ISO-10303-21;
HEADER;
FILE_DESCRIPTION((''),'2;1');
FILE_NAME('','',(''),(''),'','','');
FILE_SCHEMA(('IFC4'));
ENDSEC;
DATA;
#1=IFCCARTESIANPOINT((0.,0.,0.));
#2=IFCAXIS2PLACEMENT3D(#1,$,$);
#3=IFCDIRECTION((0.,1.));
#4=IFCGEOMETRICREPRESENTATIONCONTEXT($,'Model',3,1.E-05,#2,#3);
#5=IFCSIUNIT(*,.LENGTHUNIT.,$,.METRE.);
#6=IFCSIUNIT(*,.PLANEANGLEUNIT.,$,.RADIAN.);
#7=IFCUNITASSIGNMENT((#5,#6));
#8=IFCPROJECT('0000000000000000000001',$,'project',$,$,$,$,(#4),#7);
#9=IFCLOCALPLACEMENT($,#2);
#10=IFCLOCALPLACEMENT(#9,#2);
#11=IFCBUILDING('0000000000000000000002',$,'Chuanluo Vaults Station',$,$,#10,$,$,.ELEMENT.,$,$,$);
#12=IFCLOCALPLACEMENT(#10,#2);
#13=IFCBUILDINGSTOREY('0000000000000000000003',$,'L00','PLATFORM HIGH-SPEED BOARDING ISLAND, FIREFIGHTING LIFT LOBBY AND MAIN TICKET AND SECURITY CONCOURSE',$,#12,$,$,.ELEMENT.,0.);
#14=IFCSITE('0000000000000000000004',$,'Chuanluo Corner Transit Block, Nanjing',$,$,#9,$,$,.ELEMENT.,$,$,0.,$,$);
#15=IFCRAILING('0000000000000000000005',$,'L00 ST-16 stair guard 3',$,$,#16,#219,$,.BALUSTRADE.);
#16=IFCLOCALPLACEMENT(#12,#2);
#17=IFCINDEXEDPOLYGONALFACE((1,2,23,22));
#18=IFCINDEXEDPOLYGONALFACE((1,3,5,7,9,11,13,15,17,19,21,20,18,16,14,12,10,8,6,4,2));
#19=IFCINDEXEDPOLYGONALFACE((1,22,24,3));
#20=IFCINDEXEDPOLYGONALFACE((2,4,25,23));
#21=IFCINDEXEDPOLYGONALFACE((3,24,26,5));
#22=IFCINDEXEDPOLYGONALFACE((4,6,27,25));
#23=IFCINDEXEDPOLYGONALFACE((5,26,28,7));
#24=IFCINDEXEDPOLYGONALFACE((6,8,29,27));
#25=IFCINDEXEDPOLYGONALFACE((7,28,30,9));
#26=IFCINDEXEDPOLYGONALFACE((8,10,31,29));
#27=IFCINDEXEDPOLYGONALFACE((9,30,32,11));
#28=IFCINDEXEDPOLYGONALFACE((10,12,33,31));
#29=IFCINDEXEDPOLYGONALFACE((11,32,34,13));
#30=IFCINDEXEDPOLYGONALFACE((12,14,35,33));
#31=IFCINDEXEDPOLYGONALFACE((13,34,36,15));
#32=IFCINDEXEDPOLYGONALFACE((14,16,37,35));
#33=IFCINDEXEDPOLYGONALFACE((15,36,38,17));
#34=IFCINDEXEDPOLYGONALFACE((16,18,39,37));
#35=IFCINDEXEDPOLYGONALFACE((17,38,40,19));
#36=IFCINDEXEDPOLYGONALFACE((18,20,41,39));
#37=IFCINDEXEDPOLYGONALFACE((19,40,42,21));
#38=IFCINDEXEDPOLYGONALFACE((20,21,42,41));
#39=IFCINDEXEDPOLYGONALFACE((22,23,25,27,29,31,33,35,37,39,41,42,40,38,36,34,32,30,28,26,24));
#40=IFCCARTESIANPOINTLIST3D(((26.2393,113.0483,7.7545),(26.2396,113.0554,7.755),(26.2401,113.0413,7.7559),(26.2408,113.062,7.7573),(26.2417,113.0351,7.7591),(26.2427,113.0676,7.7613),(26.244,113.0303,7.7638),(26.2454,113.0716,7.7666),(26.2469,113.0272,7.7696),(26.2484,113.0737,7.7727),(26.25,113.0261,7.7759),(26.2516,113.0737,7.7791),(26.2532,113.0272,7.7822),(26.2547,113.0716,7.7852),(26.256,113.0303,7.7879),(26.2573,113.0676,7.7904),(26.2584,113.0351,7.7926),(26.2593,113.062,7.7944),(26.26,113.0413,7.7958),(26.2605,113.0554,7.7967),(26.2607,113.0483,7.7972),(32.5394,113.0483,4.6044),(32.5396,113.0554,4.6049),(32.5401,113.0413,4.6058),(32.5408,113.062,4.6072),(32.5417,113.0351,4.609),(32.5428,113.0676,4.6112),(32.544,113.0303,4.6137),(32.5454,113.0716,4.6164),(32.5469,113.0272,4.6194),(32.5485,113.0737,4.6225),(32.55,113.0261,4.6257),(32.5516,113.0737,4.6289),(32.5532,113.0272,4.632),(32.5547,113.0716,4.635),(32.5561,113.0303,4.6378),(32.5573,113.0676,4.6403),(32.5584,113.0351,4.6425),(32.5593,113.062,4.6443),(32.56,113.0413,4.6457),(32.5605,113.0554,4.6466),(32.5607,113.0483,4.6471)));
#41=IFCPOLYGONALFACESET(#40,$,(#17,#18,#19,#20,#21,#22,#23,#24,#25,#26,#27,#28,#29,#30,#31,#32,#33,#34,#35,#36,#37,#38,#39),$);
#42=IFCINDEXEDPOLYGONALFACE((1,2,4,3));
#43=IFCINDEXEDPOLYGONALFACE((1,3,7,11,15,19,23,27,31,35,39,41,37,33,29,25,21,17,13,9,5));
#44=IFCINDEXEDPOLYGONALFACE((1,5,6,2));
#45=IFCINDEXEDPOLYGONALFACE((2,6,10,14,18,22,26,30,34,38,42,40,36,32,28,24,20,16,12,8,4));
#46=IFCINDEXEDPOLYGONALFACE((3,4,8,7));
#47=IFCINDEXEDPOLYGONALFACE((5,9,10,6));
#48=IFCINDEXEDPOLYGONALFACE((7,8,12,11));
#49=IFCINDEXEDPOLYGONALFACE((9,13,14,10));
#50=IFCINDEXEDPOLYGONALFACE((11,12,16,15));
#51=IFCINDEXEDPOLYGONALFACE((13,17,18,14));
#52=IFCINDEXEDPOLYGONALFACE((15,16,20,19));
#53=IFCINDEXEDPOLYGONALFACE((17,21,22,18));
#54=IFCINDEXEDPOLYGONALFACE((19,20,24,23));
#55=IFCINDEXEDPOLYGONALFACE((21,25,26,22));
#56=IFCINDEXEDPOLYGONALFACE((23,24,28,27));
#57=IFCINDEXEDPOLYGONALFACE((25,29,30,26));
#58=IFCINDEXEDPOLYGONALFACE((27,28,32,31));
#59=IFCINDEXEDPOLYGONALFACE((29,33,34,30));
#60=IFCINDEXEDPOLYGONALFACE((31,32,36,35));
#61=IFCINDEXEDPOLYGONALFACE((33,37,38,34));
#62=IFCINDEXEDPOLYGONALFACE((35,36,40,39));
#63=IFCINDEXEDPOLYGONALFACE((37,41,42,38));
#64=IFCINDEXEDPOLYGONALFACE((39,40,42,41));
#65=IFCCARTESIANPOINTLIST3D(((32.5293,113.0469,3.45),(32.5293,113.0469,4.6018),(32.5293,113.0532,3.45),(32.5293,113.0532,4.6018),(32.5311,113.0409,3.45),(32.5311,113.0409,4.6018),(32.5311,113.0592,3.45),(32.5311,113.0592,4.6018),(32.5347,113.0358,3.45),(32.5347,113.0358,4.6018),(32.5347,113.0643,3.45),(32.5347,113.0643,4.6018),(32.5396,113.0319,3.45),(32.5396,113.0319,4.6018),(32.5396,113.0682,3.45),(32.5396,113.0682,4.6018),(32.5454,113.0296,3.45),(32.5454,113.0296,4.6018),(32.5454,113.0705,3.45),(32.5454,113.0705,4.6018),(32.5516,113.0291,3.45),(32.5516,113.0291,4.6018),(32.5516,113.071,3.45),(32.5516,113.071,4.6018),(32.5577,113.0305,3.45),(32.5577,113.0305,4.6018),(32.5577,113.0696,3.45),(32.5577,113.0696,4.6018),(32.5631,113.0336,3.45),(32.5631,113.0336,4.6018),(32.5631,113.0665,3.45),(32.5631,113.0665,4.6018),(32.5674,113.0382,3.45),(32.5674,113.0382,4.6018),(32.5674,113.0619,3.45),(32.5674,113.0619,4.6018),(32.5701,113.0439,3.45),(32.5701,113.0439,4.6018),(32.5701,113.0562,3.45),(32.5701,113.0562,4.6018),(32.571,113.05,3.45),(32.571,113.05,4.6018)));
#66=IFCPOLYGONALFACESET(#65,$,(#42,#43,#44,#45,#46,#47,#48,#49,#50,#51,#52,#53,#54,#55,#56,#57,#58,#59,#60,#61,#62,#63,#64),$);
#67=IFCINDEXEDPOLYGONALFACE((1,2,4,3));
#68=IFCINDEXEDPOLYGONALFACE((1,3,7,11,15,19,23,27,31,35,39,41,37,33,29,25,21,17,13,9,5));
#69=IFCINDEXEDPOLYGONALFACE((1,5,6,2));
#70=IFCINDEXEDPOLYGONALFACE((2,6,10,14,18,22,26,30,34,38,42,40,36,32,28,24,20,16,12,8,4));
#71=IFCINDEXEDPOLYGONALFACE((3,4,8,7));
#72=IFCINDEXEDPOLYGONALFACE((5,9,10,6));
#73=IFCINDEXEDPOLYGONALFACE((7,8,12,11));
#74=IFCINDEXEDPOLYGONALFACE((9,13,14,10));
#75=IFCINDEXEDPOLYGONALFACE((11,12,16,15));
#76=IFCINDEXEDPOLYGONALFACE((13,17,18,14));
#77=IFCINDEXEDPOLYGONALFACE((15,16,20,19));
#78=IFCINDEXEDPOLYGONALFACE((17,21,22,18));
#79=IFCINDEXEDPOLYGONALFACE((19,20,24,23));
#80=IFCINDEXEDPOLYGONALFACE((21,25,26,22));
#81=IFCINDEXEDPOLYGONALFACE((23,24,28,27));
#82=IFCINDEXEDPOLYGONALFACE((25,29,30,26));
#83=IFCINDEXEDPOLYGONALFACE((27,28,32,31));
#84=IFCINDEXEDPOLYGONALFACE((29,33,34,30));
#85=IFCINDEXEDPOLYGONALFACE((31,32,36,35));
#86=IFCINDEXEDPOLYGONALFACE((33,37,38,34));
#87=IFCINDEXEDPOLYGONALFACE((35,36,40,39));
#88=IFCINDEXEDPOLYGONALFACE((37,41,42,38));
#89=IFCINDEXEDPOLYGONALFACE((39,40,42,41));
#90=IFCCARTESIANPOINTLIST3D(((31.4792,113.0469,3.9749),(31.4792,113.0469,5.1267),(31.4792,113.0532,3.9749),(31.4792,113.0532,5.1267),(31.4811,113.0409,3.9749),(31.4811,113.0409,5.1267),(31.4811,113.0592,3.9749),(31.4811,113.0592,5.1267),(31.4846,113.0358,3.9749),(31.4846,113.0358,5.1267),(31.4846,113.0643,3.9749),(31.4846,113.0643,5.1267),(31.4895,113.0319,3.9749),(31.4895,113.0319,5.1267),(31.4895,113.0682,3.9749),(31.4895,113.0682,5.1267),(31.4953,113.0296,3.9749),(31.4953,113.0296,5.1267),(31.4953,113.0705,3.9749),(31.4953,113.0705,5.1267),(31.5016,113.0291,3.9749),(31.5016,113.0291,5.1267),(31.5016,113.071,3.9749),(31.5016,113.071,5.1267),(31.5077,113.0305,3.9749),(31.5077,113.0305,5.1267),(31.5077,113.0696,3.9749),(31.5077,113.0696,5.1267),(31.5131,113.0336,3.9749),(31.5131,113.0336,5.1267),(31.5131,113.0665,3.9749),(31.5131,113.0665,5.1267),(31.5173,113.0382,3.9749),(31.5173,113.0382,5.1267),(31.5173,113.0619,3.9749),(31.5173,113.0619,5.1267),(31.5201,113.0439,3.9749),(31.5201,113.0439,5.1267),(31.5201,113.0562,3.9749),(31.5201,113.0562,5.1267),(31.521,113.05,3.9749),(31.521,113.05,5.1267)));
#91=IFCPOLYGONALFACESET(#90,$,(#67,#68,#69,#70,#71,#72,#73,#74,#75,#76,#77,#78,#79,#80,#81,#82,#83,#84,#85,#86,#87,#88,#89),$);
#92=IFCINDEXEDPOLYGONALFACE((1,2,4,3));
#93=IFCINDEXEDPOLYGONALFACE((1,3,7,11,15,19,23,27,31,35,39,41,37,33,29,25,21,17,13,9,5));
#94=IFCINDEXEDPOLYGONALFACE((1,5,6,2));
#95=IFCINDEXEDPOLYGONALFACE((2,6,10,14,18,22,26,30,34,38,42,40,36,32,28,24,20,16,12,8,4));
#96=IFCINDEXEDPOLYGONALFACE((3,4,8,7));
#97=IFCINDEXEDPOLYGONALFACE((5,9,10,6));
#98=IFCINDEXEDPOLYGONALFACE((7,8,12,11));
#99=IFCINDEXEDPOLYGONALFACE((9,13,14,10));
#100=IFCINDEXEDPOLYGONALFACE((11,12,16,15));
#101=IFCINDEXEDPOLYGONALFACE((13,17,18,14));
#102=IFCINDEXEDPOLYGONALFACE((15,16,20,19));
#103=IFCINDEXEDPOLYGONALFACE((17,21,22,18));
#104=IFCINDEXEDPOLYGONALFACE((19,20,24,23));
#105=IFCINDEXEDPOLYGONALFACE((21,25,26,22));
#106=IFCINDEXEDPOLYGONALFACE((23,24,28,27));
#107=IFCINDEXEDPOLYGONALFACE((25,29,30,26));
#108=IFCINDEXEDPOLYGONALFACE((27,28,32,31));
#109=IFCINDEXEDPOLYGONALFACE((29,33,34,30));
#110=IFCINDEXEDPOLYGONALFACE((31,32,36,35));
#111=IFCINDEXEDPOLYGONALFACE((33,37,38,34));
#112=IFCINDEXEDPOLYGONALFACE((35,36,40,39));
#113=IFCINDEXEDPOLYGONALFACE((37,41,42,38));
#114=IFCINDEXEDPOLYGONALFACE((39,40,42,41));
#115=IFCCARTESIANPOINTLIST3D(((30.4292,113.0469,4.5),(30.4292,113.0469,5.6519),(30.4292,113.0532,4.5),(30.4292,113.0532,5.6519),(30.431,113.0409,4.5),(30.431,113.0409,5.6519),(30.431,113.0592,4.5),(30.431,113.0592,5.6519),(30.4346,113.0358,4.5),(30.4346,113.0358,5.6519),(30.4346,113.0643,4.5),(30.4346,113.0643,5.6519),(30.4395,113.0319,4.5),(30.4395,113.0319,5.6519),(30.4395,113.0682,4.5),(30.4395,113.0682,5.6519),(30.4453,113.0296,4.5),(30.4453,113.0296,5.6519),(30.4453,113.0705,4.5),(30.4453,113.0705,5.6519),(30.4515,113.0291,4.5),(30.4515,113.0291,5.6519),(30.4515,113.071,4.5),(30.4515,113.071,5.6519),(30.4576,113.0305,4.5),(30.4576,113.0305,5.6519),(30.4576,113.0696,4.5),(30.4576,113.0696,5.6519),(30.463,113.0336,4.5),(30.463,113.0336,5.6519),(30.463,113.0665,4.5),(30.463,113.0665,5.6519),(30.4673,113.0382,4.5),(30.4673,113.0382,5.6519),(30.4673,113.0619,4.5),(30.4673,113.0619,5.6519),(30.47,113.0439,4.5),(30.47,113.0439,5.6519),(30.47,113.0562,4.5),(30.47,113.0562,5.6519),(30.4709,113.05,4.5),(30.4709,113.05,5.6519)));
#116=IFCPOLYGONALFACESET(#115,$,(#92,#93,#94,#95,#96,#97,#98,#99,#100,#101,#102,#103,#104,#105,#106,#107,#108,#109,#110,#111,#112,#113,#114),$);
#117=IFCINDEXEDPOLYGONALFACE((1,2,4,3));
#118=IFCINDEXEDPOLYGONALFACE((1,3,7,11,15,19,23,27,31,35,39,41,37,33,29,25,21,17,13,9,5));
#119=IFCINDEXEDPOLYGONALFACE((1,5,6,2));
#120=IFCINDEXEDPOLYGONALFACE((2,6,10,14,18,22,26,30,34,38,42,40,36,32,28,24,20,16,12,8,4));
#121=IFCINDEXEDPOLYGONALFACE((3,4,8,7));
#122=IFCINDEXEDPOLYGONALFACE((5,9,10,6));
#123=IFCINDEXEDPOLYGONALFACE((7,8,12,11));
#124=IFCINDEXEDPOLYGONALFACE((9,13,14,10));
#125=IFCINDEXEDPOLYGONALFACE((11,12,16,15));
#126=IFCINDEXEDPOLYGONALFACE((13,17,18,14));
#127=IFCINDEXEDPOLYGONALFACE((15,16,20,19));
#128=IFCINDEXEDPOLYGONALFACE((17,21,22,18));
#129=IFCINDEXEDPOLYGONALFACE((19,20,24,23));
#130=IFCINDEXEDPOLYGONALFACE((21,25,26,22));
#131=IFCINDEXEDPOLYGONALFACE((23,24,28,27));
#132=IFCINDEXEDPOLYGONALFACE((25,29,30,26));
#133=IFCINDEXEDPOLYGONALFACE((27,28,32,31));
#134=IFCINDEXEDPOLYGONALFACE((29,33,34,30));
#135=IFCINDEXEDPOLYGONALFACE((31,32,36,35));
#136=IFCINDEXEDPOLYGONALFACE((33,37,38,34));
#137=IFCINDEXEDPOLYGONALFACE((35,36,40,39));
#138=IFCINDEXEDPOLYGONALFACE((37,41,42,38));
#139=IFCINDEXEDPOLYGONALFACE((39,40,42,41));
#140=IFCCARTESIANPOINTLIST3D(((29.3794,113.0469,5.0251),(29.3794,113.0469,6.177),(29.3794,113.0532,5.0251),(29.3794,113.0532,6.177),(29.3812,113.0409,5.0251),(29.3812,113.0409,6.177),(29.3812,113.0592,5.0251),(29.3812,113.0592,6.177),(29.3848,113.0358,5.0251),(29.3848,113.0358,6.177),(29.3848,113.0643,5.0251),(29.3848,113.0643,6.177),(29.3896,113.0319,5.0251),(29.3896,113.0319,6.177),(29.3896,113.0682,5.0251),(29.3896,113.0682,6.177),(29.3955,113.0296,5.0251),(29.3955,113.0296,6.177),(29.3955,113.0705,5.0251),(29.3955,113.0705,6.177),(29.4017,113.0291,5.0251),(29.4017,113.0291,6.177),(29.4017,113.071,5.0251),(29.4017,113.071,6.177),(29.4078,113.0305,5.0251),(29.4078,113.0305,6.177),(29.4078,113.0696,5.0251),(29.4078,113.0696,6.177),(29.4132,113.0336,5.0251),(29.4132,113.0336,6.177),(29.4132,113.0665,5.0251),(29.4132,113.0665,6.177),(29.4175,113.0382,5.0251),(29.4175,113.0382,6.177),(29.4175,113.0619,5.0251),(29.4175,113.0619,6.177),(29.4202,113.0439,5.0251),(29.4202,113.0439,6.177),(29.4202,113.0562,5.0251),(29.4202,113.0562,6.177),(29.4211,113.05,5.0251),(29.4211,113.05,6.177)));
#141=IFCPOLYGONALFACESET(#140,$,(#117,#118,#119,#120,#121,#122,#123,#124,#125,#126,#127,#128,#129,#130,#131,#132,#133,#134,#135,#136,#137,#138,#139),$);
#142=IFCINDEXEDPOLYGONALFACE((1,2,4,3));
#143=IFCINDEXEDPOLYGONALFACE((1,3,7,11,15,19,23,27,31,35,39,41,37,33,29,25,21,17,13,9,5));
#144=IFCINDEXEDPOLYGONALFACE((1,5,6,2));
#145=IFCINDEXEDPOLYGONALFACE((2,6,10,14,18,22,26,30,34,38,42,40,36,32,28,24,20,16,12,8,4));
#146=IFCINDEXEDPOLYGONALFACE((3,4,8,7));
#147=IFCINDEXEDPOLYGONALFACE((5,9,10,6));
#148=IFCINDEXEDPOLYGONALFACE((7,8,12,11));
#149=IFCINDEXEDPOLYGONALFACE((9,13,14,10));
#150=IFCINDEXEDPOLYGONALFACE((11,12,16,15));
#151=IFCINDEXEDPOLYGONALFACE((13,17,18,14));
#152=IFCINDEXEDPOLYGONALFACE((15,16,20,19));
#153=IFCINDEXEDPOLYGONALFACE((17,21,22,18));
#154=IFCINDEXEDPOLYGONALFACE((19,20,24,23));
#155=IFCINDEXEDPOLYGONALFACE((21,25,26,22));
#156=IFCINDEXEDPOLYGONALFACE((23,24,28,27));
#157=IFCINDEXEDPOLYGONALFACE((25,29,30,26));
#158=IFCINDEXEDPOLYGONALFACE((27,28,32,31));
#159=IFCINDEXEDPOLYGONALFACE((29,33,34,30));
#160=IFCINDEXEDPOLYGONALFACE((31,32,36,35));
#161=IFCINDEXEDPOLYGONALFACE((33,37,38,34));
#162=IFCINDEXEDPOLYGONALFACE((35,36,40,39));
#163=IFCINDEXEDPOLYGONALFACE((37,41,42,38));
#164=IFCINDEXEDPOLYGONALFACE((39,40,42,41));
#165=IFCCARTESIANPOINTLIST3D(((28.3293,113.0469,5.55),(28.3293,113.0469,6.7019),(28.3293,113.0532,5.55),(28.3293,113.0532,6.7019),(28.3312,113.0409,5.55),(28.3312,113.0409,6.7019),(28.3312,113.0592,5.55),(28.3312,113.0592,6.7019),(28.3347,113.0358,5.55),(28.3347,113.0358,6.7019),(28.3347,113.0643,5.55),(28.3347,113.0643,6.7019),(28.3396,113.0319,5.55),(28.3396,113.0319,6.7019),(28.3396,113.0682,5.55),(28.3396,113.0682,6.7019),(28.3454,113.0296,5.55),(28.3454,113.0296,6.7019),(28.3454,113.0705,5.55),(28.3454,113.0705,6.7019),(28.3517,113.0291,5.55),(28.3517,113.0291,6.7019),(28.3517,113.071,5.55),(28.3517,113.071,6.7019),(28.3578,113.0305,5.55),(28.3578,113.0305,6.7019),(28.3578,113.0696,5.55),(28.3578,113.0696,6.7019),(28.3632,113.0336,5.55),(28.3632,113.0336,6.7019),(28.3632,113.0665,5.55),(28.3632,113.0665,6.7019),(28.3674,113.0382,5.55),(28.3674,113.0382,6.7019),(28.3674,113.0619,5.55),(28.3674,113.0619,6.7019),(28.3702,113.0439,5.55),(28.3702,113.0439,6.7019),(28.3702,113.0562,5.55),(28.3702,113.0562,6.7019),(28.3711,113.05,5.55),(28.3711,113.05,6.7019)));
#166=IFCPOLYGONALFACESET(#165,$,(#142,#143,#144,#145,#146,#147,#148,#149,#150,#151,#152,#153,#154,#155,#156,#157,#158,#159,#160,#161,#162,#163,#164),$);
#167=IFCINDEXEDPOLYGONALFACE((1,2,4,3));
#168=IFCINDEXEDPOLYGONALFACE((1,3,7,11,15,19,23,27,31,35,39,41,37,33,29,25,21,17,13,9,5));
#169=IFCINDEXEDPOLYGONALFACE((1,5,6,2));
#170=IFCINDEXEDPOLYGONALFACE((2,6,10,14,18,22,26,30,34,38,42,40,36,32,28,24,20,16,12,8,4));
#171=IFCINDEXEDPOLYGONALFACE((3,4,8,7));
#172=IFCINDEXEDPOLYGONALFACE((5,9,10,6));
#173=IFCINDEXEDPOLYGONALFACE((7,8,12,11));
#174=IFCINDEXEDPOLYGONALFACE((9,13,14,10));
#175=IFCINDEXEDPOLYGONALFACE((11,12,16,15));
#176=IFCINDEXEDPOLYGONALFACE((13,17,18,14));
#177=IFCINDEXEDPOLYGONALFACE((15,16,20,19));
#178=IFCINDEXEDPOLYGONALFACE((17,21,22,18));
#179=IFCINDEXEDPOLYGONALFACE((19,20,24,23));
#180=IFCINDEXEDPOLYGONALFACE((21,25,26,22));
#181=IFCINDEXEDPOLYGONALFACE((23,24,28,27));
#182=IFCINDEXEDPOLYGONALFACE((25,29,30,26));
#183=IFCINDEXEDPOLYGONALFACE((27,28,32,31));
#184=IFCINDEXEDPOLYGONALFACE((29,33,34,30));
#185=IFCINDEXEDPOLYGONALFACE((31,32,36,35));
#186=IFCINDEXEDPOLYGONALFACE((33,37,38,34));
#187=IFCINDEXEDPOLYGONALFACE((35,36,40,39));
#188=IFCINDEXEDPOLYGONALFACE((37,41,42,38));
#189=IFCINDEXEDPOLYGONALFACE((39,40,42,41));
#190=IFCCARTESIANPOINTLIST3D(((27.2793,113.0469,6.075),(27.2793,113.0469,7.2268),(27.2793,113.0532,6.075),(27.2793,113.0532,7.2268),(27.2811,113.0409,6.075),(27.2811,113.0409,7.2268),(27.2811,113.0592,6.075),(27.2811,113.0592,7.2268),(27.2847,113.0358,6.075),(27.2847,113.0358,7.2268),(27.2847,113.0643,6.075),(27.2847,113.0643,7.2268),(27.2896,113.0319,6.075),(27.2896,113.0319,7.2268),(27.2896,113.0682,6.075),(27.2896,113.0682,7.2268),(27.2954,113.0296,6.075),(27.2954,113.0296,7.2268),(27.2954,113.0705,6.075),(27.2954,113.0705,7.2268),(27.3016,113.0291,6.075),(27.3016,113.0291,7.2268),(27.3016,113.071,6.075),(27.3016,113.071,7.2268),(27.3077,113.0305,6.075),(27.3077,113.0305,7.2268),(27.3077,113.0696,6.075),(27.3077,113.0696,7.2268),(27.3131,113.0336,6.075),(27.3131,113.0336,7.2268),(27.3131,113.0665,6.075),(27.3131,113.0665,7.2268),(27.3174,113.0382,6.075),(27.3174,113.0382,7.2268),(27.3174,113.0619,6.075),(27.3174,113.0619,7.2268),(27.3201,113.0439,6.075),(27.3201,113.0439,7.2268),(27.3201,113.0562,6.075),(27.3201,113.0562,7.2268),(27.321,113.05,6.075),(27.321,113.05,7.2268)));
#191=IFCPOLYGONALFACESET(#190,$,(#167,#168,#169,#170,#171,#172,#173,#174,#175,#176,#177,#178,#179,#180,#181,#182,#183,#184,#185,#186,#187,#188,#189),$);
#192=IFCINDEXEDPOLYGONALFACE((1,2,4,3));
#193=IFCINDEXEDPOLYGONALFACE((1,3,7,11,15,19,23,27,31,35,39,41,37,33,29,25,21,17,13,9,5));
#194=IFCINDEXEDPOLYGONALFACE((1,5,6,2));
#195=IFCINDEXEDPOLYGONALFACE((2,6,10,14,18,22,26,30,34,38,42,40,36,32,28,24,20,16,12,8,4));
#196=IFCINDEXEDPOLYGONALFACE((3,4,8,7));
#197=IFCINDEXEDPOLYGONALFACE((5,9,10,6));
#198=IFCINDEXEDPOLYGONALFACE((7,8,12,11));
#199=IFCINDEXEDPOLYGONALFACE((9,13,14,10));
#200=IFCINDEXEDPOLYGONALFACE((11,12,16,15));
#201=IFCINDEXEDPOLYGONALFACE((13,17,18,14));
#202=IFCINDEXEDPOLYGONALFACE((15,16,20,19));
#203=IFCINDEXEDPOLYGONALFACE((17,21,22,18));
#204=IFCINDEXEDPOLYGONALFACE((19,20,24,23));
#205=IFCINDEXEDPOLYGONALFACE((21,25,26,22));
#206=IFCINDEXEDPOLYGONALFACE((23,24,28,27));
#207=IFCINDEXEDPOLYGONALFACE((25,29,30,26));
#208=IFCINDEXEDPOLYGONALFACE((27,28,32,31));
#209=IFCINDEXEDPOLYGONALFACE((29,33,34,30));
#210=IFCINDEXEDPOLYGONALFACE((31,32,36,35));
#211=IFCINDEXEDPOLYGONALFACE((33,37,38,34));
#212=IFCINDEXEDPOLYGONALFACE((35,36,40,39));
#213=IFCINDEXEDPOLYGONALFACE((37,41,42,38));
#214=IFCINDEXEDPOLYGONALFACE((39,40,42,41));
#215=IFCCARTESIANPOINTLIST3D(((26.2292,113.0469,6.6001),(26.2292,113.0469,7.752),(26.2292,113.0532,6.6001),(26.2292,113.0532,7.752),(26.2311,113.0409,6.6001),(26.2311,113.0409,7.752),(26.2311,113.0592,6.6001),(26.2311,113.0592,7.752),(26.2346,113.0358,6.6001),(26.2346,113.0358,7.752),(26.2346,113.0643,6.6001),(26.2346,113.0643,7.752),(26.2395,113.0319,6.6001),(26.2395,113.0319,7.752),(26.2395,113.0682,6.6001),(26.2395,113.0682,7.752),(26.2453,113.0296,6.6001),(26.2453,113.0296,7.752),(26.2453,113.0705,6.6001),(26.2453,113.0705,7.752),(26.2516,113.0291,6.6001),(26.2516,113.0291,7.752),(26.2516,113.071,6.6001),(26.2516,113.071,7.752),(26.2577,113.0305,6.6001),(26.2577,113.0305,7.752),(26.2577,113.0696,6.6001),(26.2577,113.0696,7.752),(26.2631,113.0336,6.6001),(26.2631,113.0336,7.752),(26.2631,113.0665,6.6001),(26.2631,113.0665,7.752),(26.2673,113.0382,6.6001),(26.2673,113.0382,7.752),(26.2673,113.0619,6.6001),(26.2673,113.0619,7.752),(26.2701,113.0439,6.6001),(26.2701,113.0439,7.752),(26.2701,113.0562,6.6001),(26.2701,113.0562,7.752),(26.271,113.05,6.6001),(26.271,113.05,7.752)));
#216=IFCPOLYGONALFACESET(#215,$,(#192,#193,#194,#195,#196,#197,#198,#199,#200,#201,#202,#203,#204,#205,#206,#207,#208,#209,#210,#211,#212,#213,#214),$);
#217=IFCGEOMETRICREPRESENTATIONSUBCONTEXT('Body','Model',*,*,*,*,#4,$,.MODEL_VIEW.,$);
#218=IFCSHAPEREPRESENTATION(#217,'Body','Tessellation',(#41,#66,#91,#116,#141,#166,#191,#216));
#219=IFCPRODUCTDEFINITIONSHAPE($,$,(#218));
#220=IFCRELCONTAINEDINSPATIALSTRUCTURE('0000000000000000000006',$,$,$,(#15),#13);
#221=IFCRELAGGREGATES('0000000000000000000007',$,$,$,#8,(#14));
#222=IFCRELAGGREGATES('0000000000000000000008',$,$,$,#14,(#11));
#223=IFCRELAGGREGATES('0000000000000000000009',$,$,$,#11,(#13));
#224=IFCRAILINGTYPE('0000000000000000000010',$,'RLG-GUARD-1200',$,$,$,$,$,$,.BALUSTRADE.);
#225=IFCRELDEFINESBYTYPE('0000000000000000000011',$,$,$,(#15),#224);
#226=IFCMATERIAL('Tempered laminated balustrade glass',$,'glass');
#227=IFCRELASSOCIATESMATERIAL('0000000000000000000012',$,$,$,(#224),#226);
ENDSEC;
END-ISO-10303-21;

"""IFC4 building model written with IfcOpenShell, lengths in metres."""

from ifc_helpers import new_model, si_unit, direction, frame, origin, origin_2d, place, context, subcontext, project, spatial, circle, extrude, material, type_object, element, save


model = new_model("IFC4")

# Units and contexts
model_context = context("Model", 3, precision=1e-05, world=origin(), true_north=direction((0.0, 1.0)))
body_context = subcontext(model_context, "Body", "Model", "MODEL_VIEW")
ifc_project = project(units=[si_unit("LENGTHUNIT", "METRE"), si_unit("PLANEANGLEUNIT", "RADIAN")], contexts=[model_context])

# Site, building, storey
site_placement = place(None, origin())
site = spatial("IfcSite", under=ifc_project, at=site_placement, Name="Chuanluo Corner Transit Block, Nanjing", CompositionType="ELEMENT", RefElevation=0.0)
building_placement = place(site_placement, origin())
building = spatial("IfcBuilding", under=site, at=building_placement, Name="Chuanluo Vaults Station", CompositionType="ELEMENT")
storey_placement = place(building_placement, origin())
storey = spatial("IfcBuildingStorey", under=building, at=storey_placement, Name="L00", Description="PLATFORM HIGH-SPEED BOARDING ISLAND, FIREFIGHTING LIFT LOBBY AND MAIN TICKET AND SECURITY CONCOURSE", CompositionType="ELEMENT", Elevation=0.0)

# Railing
ifc_material_1 = material(Name="Tempered laminated balustrade glass", Category="glass")
railing_type_1 = type_object("IfcRailingType", Name="RLG-GUARD-1200", PredefinedType="BALUSTRADE", material=ifc_material_1)
railing_1_placement = place(storey_placement, frame((32.55, 113.05, 3.45)))
element("IfcRailing", 1, at=railing_1_placement, inside=storey, type_object=railing_type_1, Name="L00 ST-16 stair guard 3", PredefinedType="BALUSTRADE", context=body_context, shape_type="SweptSolid", body=[
    extrude(circle(Radius=0.0239, at=origin_2d()), frame((0.0, 0.0, 1.1758), z_axis=(-0.89442, 0.0, 0.447227), x_axis=(0.0, -1.0, 0.0)), (0.0, 0.0, 1.0), 7.0437),
    extrude(circle(Radius=0.021, at=origin_2d()), origin(), (0.0, 0.0, 1.0), 1.1519),
    extrude(circle(Radius=0.021, at=origin_2d()), frame((-1.05, 0.0, 0.5249)), (0.0, 0.0, 1.0), 1.1519),
    extrude(circle(Radius=0.021, at=origin_2d()), frame((-2.1001, 0.0, 1.05)), (0.0, 0.0, 1.0), 1.1519),
    extrude(circle(Radius=0.021, at=origin_2d()), frame((-3.1499, 0.0, 1.5752)), (0.0, 0.0, 1.0), 1.1519),
    extrude(circle(Radius=0.021, at=origin_2d()), frame((-4.2, 0.0, 2.1001)), (0.0, 0.0, 1.0), 1.1519),
    extrude(circle(Radius=0.021, at=origin_2d()), frame((-5.25, 0.0, 2.625)), (0.0, 0.0, 1.0), 1.1519),
    extrude(circle(Radius=0.021, at=origin_2d()), frame((-6.3, 0.0, 3.1501)), (0.0, 0.0, 1.0), 1.1519),
])

save(model, "model.ifc")
